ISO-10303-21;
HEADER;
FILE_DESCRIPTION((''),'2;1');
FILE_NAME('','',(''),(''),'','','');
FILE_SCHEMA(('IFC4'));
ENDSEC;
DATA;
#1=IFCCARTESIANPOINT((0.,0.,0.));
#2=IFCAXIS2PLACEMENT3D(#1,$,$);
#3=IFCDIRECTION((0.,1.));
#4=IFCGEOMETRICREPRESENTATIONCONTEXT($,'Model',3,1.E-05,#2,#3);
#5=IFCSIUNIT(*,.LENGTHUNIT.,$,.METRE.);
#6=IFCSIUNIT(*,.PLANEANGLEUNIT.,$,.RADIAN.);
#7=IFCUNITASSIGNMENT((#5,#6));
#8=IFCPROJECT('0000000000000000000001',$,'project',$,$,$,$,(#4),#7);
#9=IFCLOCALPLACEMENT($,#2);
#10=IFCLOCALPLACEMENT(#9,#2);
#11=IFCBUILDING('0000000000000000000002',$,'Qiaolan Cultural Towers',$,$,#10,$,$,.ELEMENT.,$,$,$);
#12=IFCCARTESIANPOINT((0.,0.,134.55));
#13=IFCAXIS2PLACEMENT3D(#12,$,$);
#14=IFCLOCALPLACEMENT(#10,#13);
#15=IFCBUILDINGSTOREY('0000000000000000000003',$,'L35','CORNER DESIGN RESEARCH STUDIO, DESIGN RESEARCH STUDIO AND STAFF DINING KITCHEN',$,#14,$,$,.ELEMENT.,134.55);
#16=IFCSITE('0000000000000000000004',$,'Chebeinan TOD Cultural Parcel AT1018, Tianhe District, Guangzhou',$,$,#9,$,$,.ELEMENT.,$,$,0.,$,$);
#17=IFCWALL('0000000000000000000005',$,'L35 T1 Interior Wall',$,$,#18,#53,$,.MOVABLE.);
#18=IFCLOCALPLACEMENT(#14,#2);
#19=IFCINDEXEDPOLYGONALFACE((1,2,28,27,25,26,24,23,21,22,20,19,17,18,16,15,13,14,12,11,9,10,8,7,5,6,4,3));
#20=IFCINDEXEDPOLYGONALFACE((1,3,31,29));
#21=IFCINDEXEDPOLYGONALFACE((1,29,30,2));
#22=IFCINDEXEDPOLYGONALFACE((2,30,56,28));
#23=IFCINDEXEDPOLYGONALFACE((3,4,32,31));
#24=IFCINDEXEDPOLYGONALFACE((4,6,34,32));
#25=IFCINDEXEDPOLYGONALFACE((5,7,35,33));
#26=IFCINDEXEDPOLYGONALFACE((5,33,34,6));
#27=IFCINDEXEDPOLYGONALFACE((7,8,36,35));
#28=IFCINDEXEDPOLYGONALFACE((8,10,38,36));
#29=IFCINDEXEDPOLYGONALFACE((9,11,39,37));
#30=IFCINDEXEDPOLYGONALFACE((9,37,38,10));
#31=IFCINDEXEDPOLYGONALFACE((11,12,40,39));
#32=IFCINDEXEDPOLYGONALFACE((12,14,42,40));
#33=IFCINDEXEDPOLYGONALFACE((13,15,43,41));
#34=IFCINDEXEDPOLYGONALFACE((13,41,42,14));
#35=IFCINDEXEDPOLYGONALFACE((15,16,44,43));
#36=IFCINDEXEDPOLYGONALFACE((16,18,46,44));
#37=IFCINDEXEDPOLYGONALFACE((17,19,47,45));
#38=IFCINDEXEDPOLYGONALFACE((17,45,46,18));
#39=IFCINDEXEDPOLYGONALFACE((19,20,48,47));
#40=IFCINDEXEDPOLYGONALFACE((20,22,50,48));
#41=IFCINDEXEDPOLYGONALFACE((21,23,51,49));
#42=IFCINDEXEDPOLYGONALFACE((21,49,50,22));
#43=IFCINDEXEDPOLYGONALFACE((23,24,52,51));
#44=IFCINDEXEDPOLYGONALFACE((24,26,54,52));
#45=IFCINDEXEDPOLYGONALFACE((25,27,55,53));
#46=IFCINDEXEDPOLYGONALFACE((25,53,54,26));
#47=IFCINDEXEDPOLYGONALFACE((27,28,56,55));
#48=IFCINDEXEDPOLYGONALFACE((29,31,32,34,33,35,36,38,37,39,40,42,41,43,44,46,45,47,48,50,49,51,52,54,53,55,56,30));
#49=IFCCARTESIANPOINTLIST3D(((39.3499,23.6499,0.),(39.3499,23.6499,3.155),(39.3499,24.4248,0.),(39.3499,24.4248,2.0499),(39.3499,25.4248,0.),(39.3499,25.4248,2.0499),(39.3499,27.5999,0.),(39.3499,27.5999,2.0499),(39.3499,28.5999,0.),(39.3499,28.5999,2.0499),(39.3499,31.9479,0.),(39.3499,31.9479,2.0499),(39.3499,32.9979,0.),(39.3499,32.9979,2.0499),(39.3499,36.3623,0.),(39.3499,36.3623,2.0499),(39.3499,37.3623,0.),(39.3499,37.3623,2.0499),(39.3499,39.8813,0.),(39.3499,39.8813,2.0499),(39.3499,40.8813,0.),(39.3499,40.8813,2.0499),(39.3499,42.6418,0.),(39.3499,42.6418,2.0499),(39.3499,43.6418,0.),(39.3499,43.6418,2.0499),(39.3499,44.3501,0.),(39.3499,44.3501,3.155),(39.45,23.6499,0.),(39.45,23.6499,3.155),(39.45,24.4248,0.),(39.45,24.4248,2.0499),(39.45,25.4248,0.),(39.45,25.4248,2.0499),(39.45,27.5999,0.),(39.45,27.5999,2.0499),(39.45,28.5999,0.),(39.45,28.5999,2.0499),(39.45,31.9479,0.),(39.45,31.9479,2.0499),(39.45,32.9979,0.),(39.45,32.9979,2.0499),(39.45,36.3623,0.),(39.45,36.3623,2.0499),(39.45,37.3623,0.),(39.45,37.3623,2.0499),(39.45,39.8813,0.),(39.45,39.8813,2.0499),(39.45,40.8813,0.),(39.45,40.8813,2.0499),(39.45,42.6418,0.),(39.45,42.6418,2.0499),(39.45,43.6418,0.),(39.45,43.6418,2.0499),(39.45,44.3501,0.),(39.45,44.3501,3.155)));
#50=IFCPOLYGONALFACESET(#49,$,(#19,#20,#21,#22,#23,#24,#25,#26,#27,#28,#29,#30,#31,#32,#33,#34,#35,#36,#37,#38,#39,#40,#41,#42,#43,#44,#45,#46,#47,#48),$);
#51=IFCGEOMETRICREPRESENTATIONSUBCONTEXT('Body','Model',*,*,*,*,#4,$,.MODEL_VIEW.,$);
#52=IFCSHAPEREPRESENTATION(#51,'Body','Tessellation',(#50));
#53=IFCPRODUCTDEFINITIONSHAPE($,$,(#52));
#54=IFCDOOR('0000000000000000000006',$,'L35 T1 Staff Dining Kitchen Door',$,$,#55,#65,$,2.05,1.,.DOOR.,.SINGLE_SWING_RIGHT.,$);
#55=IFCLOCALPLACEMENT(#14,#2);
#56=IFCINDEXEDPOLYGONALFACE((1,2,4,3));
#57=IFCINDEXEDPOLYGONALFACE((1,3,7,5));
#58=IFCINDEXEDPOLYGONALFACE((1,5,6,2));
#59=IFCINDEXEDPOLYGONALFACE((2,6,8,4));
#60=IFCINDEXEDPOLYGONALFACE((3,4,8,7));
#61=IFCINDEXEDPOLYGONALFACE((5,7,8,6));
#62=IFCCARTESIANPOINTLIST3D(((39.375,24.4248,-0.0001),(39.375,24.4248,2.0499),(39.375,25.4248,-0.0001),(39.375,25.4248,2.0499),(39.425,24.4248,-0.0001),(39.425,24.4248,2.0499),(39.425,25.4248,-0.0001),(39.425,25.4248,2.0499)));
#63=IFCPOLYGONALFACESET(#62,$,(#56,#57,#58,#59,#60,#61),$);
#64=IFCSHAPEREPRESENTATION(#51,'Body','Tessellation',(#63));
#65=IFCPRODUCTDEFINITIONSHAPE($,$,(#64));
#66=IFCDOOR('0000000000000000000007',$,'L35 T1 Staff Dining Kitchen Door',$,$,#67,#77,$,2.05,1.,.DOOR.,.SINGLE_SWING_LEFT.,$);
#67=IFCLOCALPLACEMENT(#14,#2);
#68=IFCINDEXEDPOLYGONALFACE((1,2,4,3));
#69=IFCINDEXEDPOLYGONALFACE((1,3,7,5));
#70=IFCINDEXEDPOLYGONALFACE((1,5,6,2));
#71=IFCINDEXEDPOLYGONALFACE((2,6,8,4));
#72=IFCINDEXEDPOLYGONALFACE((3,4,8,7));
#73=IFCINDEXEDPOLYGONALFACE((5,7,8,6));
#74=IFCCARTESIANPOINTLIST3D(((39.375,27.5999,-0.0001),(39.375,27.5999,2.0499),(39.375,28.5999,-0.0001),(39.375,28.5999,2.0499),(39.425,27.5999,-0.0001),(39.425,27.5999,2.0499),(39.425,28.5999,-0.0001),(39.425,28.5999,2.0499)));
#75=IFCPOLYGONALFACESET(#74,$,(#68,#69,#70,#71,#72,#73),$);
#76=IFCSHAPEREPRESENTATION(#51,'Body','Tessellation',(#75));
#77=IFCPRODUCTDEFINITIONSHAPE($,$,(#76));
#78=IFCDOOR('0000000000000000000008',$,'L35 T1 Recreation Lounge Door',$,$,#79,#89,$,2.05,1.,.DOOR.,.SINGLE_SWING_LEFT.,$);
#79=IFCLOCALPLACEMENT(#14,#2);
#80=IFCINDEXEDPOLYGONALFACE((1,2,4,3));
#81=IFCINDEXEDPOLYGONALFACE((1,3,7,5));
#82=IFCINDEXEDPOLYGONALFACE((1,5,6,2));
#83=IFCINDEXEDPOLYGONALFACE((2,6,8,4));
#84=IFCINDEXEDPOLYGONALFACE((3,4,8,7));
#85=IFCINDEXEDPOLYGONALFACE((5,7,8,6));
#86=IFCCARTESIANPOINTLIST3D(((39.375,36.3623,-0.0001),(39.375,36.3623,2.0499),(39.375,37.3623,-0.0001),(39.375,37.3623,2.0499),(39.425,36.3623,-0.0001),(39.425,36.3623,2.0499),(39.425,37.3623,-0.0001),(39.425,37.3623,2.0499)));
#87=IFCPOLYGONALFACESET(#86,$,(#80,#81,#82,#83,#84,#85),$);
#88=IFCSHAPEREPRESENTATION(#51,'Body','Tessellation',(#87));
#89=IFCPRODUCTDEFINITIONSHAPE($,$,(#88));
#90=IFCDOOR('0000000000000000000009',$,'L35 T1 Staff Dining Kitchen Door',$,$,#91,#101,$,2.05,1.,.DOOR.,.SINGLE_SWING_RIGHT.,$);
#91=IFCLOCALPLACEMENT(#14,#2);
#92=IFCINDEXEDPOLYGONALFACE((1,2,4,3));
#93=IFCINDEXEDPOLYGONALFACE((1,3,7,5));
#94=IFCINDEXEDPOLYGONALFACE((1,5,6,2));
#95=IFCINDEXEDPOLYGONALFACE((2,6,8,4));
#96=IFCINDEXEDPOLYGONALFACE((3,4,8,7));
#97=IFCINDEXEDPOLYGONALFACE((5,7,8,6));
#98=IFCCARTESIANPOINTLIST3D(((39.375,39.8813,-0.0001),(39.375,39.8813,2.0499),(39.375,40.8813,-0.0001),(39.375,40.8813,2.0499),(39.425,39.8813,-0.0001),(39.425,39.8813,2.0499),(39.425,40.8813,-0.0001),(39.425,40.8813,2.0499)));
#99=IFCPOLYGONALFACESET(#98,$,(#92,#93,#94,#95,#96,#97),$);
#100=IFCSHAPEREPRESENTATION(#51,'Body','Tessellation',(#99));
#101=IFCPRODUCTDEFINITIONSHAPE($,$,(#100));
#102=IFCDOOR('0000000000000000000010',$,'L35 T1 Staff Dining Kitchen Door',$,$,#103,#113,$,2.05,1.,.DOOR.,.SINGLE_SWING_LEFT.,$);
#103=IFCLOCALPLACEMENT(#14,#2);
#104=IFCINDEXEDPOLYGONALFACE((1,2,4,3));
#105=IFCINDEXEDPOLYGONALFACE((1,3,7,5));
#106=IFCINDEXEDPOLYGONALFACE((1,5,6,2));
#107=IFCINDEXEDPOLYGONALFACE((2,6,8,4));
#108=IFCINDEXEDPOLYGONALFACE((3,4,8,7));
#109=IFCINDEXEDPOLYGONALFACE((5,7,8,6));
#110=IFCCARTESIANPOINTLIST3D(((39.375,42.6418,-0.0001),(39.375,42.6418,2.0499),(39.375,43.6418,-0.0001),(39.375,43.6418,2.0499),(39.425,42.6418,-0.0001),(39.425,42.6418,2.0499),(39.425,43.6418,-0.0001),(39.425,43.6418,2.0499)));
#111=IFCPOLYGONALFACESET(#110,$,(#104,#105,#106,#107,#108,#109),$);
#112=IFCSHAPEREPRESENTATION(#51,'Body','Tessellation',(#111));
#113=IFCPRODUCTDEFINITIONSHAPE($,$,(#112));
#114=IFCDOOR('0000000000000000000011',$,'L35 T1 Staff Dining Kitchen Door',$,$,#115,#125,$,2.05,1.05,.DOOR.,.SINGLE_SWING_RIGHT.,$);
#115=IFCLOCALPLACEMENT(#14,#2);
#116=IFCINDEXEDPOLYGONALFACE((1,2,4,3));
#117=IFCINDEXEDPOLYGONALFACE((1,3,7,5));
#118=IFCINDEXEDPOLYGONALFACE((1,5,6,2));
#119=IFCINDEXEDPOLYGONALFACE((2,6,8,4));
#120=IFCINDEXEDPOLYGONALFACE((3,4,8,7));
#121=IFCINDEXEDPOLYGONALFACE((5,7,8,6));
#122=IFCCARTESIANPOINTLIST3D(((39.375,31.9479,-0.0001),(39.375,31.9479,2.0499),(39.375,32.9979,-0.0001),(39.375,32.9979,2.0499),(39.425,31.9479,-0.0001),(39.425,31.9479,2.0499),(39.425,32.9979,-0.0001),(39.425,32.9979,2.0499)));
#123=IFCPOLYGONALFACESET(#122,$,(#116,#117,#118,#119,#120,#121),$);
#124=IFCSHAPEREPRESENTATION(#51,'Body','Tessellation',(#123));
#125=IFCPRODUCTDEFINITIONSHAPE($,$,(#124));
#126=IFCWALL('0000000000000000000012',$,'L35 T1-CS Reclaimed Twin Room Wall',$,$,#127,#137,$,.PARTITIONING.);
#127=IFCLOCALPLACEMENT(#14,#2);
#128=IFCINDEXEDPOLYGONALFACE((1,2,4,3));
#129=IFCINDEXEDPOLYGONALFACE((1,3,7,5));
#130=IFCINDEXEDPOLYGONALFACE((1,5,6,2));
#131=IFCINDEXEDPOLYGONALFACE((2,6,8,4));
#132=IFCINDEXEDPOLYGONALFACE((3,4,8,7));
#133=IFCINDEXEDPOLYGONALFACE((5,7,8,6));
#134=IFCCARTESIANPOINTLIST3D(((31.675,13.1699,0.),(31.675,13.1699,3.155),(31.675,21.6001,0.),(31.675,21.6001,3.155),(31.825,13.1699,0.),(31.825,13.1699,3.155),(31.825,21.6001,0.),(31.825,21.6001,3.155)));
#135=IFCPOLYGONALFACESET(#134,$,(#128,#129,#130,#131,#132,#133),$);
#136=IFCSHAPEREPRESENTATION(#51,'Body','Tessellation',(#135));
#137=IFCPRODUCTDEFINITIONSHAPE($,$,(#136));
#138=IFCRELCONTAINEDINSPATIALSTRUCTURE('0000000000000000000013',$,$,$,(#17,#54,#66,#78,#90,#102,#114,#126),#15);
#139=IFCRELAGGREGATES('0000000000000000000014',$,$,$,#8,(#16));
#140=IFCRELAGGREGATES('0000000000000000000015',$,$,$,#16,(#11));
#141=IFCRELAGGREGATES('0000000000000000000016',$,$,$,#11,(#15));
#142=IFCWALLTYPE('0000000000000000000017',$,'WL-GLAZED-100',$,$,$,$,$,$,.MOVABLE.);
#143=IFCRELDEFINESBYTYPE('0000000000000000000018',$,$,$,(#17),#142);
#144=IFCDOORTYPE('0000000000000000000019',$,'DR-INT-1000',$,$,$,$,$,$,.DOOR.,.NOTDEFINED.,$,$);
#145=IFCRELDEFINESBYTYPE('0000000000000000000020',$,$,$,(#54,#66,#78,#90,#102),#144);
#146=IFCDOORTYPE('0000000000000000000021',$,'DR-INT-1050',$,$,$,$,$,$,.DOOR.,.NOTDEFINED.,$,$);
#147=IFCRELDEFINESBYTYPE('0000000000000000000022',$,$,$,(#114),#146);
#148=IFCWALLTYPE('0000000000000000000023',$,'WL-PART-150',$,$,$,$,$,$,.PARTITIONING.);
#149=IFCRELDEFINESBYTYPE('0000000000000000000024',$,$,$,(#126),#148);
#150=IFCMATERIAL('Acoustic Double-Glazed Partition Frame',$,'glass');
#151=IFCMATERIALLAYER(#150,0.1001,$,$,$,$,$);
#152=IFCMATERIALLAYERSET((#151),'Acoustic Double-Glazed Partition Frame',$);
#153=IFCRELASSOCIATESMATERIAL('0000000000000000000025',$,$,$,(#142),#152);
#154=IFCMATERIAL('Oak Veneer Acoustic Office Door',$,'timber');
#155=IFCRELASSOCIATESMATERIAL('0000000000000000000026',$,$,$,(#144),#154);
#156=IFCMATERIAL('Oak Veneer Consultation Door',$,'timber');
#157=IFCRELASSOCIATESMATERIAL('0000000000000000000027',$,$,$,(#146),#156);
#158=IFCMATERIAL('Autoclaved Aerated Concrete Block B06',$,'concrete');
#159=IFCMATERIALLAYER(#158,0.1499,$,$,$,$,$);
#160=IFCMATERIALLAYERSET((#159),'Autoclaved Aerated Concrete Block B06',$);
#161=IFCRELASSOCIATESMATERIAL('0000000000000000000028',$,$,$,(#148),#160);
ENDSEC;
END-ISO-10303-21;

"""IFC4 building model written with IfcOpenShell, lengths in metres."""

from ifc_helpers import new_model, si_unit, direction, frame, frame_2d, origin, place, context, subcontext, project, spatial, rectangle, extrude, material, layer, layer_set, type_object, element, fill, save


model = new_model("IFC4")

# Units and contexts
model_context = context("Model", 3, precision=1e-05, world=origin(), true_north=direction((0.0, 1.0)))
body_context = subcontext(model_context, "Body", "Model", "MODEL_VIEW")
ifc_project = project(units=[si_unit("LENGTHUNIT", "METRE"), si_unit("PLANEANGLEUNIT", "RADIAN")], contexts=[model_context])

# Site, building, storey
site_placement = place(None, origin())
site = spatial("IfcSite", under=ifc_project, at=site_placement, Name="Chebeinan TOD Cultural Parcel AT1018, Tianhe District, Guangzhou", CompositionType="ELEMENT", RefElevation=0.0)
building_placement = place(site_placement, origin())
building = spatial("IfcBuilding", under=site, at=building_placement, Name="Qiaolan Cultural Towers", CompositionType="ELEMENT")
storey_placement = place(building_placement, frame((0.0, 0.0, 134.55)))
storey = spatial("IfcBuildingStorey", under=building, at=storey_placement, Name="L35", Description="CORNER DESIGN RESEARCH STUDIO, DESIGN RESEARCH STUDIO AND STAFF DINING KITCHEN", CompositionType="ELEMENT", Elevation=134.55)

# Shared definitions
ifc_material_1 = material(Name="Acoustic Double-Glazed Partition Frame", Category="glass")
ifc_layer_1 = layer(ifc_material_1, 0.1001)
ifc_layer_set_1 = layer_set([ifc_layer_1], Name="Acoustic Double-Glazed Partition Frame")
wall_type_1 = type_object("IfcWallType", Name="WL-GLAZED-100", PredefinedType="MOVABLE", material=ifc_layer_set_1)

# Wall, openings, doors
wall_1_placement = place(storey_placement, frame((39.3999, 23.6499, 0.0), z_axis=(0.0, 0.0, 1.0), x_axis=(0.0, 1.0, 0.0)))
wall_1 = element("IfcWall", 1, at=wall_1_placement, inside=storey, type_object=wall_type_1, Name="L35 T1 Interior Wall", PredefinedType="MOVABLE", context=body_context, shape_type="SweptSolid", body=[
    extrude(rectangle(XDim=20.7002, YDim=0.1001, at=frame_2d((10.3501, 0.0))), origin(), (0.0, 0.0, 1.0), 3.155),
])
opening_1_placement = place(wall_1_placement, frame((0.7749, 0.0, 0.0)))
opening_1 = element("IfcOpeningElement", 2, at=opening_1_placement, cuts=wall_1, PredefinedType="OPENING", context=body_context, shape_type="SweptSolid", body=[
    extrude(rectangle(XDim=1.0, YDim=2.05, at=frame_2d((0.5, 1.0249))), frame((0.0, 0.0601, 0.0), z_axis=(0.0, -1.0, 0.0), x_axis=(1.0, 0.0, 0.0)), (0.0, 0.0, 1.0), 0.1201),
])
opening_2_placement = place(wall_1_placement, frame((3.95, 0.0, 0.0)))
opening_2 = element("IfcOpeningElement", 3, at=opening_2_placement, cuts=wall_1, PredefinedType="OPENING", context=body_context, shape_type="SweptSolid", body=[
    extrude(rectangle(XDim=1.0, YDim=2.05, at=frame_2d((0.5, 1.0249))), frame((0.0, 0.0601, 0.0), z_axis=(0.0, -1.0, 0.0), x_axis=(1.0, 0.0, 0.0)), (0.0, 0.0, 1.0), 0.1201),
])
opening_3_placement = place(wall_1_placement, frame((8.2981, 0.0, 0.0)))
opening_3 = element("IfcOpeningElement", 4, at=opening_3_placement, cuts=wall_1, PredefinedType="OPENING", context=body_context, shape_type="SweptSolid", body=[
    extrude(rectangle(XDim=1.05, YDim=2.05, at=frame_2d((0.5249, 1.0249))), frame((0.0, 0.0601, 0.0), z_axis=(0.0, -1.0, 0.0), x_axis=(1.0, 0.0, 0.0)), (0.0, 0.0, 1.0), 0.1201),
])
opening_4_placement = place(wall_1_placement, frame((12.7124, 0.0, 0.0)))
opening_4 = element("IfcOpeningElement", 5, at=opening_4_placement, cuts=wall_1, PredefinedType="OPENING", context=body_context, shape_type="SweptSolid", body=[
    extrude(rectangle(XDim=1.0, YDim=2.05, at=frame_2d((0.5, 1.0249))), frame((0.0, 0.0601, 0.0), z_axis=(0.0, -1.0, 0.0), x_axis=(1.0, 0.0, 0.0)), (0.0, 0.0, 1.0), 0.1201),
])
opening_5_placement = place(wall_1_placement, frame((16.2314, 0.0, 0.0)))
opening_5 = element("IfcOpeningElement", 6, at=opening_5_placement, cuts=wall_1, PredefinedType="OPENING", context=body_context, shape_type="SweptSolid", body=[
    extrude(rectangle(XDim=1.0, YDim=2.05, at=frame_2d((0.5, 1.0249))), frame((0.0, 0.0601, 0.0), z_axis=(0.0, -1.0, 0.0), x_axis=(1.0, 0.0, 0.0)), (0.0, 0.0, 1.0), 0.1201),
])
opening_6_placement = place(wall_1_placement, frame((18.9919, 0.0, 0.0)))
opening_6 = element("IfcOpeningElement", 7, at=opening_6_placement, cuts=wall_1, PredefinedType="OPENING", context=body_context, shape_type="SweptSolid", body=[
    extrude(rectangle(XDim=1.0, YDim=2.05, at=frame_2d((0.5, 1.0249))), frame((0.0, 0.0601, 0.0), z_axis=(0.0, -1.0, 0.0), x_axis=(1.0, 0.0, 0.0)), (0.0, 0.0, 1.0), 0.1201),
])
ifc_material_2 = material(Name="Oak Veneer Acoustic Office Door", Category="timber")
door_type_1 = type_object("IfcDoorType", Name="DR-INT-1000", OperationType="NOTDEFINED", PredefinedType="DOOR", material=ifc_material_2)
door_1_placement = place(opening_1_placement, origin())
door_1 = element("IfcDoor", 8, at=door_1_placement, inside=storey, type_object=door_type_1, Name="L35 T1 Staff Dining Kitchen Door", OperationType="SINGLE_SWING_RIGHT", OverallHeight=2.05, OverallWidth=1.0, PredefinedType="DOOR", context=body_context, shape_type="SweptSolid", body=[
    extrude(rectangle(XDim=1.0, YDim=2.05, at=frame_2d((0.5, 1.0249))), frame((0.0, 0.0249, 0.0), z_axis=(0.0, -1.0, 0.0), x_axis=(1.0, 0.0, 0.0)), (0.0, 0.0, 1.0), 0.05),
])
fill(opening_1, door_1)
door_2_placement = place(opening_2_placement, origin())
door_2 = element("IfcDoor", 9, at=door_2_placement, inside=storey, type_object=door_type_1, Name="L35 T1 Staff Dining Kitchen Door", OperationType="SINGLE_SWING_LEFT", OverallHeight=2.05, OverallWidth=1.0, PredefinedType="DOOR", context=body_context, shape_type="SweptSolid", body=[
    extrude(rectangle(XDim=1.0, YDim=2.05, at=frame_2d((0.5, 1.0249))), frame((0.0, 0.0249, 0.0), z_axis=(0.0, -1.0, 0.0), x_axis=(1.0, 0.0, 0.0)), (0.0, 0.0, 1.0), 0.05),
])
fill(opening_2, door_2)
door_3_placement = place(opening_4_placement, origin())
door_3 = element("IfcDoor", 10, at=door_3_placement, inside=storey, type_object=door_type_1, Name="L35 T1 Recreation Lounge Door", OperationType="SINGLE_SWING_LEFT", OverallHeight=2.05, OverallWidth=1.0, PredefinedType="DOOR", context=body_context, shape_type="SweptSolid", body=[
    extrude(rectangle(XDim=1.0, YDim=2.05, at=frame_2d((0.5, 1.0249))), frame((0.0, 0.0249, 0.0), z_axis=(0.0, -1.0, 0.0), x_axis=(1.0, 0.0, 0.0)), (0.0, 0.0, 1.0), 0.05),
])
fill(opening_4, door_3)
door_4_placement = place(opening_5_placement, origin())
door_4 = element("IfcDoor", 11, at=door_4_placement, inside=storey, type_object=door_type_1, Name="L35 T1 Staff Dining Kitchen Door", OperationType="SINGLE_SWING_RIGHT", OverallHeight=2.05, OverallWidth=1.0, PredefinedType="DOOR", context=body_context, shape_type="SweptSolid", body=[
    extrude(rectangle(XDim=1.0, YDim=2.05, at=frame_2d((0.5, 1.0249))), frame((0.0, 0.0249, 0.0), z_axis=(0.0, -1.0, 0.0), x_axis=(1.0, 0.0, 0.0)), (0.0, 0.0, 1.0), 0.05),
])
fill(opening_5, door_4)
door_5_placement = place(opening_6_placement, origin())
door_5 = element("IfcDoor", 12, at=door_5_placement, inside=storey, type_object=door_type_1, Name="L35 T1 Staff Dining Kitchen Door", OperationType="SINGLE_SWING_LEFT", OverallHeight=2.05, OverallWidth=1.0, PredefinedType="DOOR", context=body_context, shape_type="SweptSolid", body=[
    extrude(rectangle(XDim=1.0, YDim=2.05, at=frame_2d((0.5, 1.0249))), frame((0.0, 0.0249, 0.0), z_axis=(0.0, -1.0, 0.0), x_axis=(1.0, 0.0, 0.0)), (0.0, 0.0, 1.0), 0.05),
])
fill(opening_6, door_5)
ifc_material_3 = material(Name="Oak Veneer Consultation Door", Category="timber")
door_type_2 = type_object("IfcDoorType", Name="DR-INT-1050", OperationType="NOTDEFINED", PredefinedType="DOOR", material=ifc_material_3)
door_6_placement = place(opening_3_placement, origin())
door_6 = element("IfcDoor", 13, at=door_6_placement, inside=storey, type_object=door_type_2, Name="L35 T1 Staff Dining Kitchen Door", OperationType="SINGLE_SWING_RIGHT", OverallHeight=2.05, OverallWidth=1.05, PredefinedType="DOOR", context=body_context, shape_type="SweptSolid", body=[
    extrude(rectangle(XDim=1.05, YDim=2.05, at=frame_2d((0.5249, 1.0249))), frame((0.0, 0.0249, 0.0), z_axis=(0.0, -1.0, 0.0), x_axis=(1.0, 0.0, 0.0)), (0.0, 0.0, 1.0), 0.05),
])
fill(opening_3, door_6)

# Wall
ifc_material_4 = material(Name="Autoclaved Aerated Concrete Block B06", Category="concrete")
ifc_layer_2 = layer(ifc_material_4, 0.1499)
ifc_layer_set_2 = layer_set([ifc_layer_2], Name="Autoclaved Aerated Concrete Block B06")
wall_type_2 = type_object("IfcWallType", Name="WL-PART-150", PredefinedType="PARTITIONING", material=ifc_layer_set_2)
wall_2_placement = place(storey_placement, frame((31.75, 21.6001, 0.0), z_axis=(0.0, 0.0, 1.0), x_axis=(0.0, -1.0, 0.0)))
element("IfcWall", 14, at=wall_2_placement, inside=storey, type_object=wall_type_2, Name="L35 T1-CS Reclaimed Twin Room Wall", PredefinedType="PARTITIONING", context=body_context, shape_type="SweptSolid", body=[
    extrude(rectangle(XDim=8.4302, YDim=0.1499, at=frame_2d((4.2151, 0.0))), origin(), (0.0, 0.0, 1.0), 3.155),
])

save(model, "model.ifc")
